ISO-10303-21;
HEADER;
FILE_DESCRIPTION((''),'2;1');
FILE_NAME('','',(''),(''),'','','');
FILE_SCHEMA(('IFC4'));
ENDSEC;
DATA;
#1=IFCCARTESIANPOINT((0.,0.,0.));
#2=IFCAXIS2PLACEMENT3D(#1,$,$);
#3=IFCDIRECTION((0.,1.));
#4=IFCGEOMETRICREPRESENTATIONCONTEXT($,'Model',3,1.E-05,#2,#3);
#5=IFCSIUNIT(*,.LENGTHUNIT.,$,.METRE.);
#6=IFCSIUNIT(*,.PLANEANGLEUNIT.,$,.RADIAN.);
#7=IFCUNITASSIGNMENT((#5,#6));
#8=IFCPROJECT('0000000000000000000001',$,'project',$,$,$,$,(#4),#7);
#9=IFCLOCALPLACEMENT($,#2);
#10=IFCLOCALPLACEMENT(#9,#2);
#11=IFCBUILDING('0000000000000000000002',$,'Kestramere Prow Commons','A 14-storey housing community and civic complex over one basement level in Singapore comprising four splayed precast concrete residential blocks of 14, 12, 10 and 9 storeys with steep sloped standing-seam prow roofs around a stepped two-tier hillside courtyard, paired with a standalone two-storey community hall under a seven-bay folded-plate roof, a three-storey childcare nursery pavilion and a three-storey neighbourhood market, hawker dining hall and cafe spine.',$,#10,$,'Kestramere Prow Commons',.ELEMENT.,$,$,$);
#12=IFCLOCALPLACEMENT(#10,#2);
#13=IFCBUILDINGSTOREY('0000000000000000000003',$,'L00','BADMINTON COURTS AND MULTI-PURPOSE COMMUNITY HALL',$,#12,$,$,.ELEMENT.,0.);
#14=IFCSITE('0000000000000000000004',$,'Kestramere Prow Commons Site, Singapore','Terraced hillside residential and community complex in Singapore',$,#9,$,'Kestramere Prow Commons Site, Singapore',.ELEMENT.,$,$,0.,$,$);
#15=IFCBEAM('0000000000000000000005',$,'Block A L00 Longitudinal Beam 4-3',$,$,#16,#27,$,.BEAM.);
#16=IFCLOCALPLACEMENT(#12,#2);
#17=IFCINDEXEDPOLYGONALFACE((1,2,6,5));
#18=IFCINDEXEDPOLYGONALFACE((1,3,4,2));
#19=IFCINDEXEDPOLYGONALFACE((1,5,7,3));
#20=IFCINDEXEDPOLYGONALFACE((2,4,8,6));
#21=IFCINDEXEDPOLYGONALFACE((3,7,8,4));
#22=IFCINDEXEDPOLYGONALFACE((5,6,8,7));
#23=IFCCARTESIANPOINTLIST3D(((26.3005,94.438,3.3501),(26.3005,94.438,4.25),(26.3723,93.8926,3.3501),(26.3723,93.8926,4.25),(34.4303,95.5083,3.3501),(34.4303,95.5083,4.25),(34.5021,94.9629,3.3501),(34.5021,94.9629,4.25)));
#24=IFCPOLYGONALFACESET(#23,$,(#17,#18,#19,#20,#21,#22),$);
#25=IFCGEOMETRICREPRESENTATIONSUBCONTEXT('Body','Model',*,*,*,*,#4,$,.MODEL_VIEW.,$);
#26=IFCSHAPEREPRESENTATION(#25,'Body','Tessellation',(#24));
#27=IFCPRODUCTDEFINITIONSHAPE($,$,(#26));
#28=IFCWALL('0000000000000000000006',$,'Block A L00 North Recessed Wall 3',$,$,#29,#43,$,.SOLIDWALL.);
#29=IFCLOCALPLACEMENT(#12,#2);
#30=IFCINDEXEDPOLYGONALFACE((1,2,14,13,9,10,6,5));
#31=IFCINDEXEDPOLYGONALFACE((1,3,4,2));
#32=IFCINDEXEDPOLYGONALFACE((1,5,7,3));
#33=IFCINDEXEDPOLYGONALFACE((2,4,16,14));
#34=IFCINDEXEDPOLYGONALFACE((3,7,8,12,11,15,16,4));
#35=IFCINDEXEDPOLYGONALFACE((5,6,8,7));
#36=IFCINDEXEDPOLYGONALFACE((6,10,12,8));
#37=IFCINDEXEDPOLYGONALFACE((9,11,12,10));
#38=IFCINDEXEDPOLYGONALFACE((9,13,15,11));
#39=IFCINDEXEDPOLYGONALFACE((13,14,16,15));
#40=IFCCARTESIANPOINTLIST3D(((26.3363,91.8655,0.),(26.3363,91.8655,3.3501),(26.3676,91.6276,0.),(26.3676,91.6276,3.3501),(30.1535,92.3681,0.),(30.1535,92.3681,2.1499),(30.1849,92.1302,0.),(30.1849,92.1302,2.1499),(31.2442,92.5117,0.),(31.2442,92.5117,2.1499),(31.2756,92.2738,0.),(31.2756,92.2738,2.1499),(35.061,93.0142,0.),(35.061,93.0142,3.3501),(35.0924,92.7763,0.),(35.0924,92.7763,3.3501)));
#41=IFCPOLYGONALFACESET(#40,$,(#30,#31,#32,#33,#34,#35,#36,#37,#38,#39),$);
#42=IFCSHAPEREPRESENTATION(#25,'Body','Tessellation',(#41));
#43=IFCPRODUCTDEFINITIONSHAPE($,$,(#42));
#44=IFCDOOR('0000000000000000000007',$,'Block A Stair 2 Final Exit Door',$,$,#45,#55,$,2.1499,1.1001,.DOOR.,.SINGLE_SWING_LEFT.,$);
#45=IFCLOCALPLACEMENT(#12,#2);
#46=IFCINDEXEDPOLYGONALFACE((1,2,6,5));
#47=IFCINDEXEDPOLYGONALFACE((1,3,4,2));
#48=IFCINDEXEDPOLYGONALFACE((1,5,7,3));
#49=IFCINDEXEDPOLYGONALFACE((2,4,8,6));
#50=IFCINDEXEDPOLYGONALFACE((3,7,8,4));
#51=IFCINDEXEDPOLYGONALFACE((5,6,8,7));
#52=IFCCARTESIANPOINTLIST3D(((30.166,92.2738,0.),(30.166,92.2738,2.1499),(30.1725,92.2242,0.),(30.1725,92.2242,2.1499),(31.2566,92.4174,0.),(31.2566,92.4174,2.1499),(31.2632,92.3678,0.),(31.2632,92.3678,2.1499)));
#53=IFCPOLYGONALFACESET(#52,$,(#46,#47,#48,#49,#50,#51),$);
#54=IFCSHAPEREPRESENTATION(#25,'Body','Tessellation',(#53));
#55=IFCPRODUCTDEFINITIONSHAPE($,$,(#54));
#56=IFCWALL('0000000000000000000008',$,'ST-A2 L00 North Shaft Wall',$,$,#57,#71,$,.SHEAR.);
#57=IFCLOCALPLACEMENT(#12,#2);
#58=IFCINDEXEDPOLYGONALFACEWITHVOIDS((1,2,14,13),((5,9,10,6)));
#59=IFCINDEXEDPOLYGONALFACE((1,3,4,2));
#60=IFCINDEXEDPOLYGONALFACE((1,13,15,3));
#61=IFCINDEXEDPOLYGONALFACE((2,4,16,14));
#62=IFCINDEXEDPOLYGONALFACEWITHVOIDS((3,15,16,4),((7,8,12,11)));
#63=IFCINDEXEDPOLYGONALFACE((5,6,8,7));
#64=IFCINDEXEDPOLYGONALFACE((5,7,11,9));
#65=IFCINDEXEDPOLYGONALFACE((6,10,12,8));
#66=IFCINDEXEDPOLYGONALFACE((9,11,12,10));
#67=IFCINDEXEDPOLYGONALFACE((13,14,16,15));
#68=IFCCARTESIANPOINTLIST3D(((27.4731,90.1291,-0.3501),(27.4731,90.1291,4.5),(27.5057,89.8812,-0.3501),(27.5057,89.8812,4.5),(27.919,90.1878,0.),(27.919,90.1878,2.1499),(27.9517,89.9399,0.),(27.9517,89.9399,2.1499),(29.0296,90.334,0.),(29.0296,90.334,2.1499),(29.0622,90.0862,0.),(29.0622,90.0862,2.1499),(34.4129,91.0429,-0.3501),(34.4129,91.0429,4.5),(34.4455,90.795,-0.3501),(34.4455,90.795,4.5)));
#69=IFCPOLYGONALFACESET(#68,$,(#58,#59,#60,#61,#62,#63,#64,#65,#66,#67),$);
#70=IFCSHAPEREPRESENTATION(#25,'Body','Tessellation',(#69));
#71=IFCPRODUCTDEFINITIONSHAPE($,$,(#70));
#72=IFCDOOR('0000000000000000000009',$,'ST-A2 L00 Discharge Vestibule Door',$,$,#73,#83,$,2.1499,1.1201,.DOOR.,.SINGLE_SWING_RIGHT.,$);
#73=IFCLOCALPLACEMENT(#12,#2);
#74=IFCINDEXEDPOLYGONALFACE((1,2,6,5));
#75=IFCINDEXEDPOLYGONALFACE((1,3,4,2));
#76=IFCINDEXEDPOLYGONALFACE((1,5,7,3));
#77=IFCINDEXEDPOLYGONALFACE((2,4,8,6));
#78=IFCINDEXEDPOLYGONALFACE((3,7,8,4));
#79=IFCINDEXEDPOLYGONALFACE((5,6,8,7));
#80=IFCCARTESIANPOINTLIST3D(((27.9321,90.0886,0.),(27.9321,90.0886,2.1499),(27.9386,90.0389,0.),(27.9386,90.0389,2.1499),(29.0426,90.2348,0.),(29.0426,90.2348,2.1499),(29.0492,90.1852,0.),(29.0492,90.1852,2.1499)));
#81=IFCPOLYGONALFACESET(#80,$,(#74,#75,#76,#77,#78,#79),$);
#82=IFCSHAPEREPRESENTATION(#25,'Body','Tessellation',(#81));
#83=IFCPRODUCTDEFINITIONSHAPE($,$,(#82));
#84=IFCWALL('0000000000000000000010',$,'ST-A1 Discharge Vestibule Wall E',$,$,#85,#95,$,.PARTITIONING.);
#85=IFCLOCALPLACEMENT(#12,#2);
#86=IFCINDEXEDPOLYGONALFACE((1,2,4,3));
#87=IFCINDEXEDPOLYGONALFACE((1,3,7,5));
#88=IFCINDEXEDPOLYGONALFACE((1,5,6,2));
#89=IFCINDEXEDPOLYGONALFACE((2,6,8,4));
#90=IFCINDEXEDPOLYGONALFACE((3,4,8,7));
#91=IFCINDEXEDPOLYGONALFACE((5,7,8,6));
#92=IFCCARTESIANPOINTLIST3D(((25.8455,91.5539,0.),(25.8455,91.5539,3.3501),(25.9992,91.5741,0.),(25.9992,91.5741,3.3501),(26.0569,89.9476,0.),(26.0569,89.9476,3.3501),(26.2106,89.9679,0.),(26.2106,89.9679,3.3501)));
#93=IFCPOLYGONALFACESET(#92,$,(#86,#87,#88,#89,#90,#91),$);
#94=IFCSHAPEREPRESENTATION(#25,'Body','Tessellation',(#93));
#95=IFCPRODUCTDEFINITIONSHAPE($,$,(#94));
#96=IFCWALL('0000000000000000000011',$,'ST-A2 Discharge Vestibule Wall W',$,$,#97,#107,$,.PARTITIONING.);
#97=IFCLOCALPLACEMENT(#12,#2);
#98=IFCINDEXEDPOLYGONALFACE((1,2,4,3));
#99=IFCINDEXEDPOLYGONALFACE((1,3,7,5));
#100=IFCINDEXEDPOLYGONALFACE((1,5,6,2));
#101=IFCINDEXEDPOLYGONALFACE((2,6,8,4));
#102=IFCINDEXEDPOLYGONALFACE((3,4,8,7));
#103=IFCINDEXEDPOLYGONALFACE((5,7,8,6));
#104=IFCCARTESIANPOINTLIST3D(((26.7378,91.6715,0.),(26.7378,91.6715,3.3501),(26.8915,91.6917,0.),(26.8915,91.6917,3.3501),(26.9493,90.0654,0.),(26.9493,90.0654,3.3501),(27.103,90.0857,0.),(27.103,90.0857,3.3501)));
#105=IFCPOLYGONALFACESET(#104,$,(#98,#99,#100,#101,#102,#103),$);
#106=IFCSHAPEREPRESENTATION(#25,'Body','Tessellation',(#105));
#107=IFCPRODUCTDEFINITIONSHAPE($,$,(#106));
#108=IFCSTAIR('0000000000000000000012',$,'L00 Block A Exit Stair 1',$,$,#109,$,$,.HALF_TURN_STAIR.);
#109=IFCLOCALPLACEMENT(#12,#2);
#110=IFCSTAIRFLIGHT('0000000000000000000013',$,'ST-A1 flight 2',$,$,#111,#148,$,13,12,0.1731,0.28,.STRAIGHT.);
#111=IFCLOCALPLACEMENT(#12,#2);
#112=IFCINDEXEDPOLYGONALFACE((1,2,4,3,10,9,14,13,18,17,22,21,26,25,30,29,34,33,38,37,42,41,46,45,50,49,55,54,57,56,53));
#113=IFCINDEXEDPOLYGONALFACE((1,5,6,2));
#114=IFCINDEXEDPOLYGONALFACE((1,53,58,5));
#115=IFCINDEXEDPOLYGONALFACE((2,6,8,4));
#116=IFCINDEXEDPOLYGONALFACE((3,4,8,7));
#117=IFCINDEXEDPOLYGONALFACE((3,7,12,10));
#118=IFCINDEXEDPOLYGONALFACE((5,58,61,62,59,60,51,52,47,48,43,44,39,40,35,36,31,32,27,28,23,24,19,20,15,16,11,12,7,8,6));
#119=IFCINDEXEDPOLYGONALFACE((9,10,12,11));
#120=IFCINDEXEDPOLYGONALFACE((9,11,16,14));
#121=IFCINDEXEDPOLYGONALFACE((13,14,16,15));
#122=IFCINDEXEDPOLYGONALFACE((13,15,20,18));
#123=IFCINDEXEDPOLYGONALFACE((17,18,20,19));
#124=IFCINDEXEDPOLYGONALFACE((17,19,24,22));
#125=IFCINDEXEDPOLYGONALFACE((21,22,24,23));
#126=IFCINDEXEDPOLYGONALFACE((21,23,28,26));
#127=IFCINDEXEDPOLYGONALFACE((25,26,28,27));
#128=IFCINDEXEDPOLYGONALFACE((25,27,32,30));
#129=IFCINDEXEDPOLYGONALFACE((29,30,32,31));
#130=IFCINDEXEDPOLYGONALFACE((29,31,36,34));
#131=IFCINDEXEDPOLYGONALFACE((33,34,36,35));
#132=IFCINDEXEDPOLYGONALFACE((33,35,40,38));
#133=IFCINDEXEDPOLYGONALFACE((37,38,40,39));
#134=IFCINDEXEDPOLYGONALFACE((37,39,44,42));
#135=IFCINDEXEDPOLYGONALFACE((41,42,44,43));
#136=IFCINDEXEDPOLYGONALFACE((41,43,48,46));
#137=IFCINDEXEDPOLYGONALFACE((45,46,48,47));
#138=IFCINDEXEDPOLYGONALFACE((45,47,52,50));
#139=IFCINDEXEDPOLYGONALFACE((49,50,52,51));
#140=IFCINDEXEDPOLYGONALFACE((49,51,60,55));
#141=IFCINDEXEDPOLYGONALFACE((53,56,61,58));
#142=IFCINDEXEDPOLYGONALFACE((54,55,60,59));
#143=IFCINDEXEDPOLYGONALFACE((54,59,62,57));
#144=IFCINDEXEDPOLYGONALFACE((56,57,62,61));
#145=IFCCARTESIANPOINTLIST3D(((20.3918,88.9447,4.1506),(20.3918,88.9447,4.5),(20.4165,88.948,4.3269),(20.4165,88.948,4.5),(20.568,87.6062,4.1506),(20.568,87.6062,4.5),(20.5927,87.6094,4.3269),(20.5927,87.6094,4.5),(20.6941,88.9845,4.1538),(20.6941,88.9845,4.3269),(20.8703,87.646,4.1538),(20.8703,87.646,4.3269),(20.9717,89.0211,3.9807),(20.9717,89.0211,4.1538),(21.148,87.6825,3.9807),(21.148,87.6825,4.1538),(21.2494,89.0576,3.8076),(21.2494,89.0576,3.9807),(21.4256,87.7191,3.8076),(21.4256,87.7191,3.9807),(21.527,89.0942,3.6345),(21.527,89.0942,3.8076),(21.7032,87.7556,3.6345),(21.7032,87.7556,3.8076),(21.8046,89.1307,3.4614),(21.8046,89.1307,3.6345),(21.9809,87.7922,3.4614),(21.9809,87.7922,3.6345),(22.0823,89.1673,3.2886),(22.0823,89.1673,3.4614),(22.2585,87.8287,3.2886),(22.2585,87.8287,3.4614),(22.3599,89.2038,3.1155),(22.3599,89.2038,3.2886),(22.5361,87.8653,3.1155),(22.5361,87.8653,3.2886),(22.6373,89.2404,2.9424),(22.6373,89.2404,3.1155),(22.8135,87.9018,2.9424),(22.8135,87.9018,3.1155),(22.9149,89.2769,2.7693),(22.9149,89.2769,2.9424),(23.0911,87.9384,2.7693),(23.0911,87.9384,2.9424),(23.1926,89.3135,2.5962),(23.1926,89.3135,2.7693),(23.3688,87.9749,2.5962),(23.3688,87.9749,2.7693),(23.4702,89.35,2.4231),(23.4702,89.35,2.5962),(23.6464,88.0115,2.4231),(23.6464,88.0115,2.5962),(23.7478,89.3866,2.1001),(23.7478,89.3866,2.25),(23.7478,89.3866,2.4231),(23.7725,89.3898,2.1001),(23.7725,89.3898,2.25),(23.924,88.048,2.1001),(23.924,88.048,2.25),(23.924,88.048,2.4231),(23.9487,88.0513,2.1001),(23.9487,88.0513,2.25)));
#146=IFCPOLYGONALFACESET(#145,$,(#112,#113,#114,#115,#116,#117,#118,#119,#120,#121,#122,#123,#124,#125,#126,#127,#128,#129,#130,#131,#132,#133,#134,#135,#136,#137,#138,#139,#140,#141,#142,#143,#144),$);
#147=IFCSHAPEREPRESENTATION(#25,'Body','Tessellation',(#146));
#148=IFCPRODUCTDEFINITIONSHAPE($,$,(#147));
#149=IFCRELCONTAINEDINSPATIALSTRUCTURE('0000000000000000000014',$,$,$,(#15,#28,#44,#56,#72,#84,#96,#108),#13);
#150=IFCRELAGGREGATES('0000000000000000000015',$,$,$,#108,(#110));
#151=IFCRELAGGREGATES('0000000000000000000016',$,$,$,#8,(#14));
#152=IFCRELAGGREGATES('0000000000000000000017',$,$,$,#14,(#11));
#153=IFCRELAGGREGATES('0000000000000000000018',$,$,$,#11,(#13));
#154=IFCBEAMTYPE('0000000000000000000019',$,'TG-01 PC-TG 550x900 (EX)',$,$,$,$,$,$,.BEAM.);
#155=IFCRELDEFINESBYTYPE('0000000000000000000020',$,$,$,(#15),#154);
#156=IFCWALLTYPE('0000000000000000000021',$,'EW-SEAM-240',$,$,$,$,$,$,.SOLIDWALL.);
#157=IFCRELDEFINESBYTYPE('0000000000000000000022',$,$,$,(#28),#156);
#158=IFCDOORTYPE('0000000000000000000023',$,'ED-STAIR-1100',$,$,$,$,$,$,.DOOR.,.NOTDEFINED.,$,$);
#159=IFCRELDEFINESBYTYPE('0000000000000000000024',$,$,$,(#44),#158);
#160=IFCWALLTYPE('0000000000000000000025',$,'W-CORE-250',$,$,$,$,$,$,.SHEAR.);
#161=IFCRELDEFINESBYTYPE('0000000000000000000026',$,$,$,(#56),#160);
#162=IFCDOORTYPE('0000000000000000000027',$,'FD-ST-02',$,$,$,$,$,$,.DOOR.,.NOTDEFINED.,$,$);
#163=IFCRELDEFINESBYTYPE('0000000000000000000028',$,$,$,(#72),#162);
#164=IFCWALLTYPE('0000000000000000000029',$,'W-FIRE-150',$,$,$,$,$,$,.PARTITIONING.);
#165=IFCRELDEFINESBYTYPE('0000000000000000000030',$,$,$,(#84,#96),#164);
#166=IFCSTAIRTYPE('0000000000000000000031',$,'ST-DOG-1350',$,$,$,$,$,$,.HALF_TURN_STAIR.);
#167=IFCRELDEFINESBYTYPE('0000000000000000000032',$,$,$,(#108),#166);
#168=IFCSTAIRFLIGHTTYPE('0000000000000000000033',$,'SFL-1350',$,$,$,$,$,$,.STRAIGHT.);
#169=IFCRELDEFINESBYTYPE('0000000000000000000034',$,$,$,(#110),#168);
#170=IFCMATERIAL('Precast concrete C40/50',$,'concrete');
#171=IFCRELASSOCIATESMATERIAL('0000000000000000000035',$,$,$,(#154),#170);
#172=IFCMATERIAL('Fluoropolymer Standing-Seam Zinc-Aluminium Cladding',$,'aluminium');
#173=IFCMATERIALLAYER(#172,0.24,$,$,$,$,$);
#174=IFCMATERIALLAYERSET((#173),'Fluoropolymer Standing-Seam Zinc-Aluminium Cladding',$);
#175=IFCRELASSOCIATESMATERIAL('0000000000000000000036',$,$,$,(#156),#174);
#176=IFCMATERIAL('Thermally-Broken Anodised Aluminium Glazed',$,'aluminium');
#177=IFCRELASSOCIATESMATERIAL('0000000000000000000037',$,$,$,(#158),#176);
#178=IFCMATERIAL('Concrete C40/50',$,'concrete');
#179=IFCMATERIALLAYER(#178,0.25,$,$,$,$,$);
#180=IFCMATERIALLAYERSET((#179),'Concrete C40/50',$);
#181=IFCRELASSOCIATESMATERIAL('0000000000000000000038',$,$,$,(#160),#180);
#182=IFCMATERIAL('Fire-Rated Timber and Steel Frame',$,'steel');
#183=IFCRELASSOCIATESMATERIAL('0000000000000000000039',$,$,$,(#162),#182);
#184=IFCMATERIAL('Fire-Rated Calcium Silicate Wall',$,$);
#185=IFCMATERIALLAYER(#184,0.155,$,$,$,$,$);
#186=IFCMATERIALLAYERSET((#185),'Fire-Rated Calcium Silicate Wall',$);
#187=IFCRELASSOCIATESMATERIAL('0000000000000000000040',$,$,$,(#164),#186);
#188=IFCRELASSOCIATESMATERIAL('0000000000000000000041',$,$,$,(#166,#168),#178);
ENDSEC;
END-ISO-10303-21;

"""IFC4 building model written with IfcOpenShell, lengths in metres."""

from ifc_helpers import new_model, si_unit, direction, frame, frame_2d, origin, origin_2d, place, context, subcontext, project, spatial, polyline, rectangle, outline, extrude, material, layer, layer_set, material_profile, profile_set, type_object, element, fill, aggregate, save


model = new_model("IFC4")

# Units and contexts
model_context = context("Model", 3, precision=1e-05, world=origin(), true_north=direction((0.0, 1.0)))
body_context = subcontext(model_context, "Body", "Model", "MODEL_VIEW")
ifc_project = project(units=[si_unit("LENGTHUNIT", "METRE"), si_unit("PLANEANGLEUNIT", "RADIAN")], contexts=[model_context])

# Site, building, storey
site_placement = place(None, origin())
site = spatial("IfcSite", under=ifc_project, at=site_placement, Name="Kestramere Prow Commons Site, Singapore", Description="Terraced hillside residential and community complex in Singapore", LongName="Kestramere Prow Commons Site, Singapore", CompositionType="ELEMENT", RefElevation=0.0)
building_placement = place(site_placement, origin())
building = spatial("IfcBuilding", under=site, at=building_placement, Name="Kestramere Prow Commons", Description="A 14-storey housing community and civic complex over one basement level in Singapore comprising four splayed precast concrete residential blocks of 14, 12, 10 and 9 storeys with steep sloped standing-seam prow roofs around a stepped two-tier hillside courtyard, paired with a standalone two-storey community hall under a seven-bay folded-plate roof, a three-storey childcare nursery pavilion and a three-storey neighbourhood market, hawker dining hall and cafe spine.", LongName="Kestramere Prow Commons", CompositionType="ELEMENT")
storey_placement = place(building_placement, origin())
storey = spatial("IfcBuildingStorey", under=building, at=storey_placement, Name="L00", Description="BADMINTON COURTS AND MULTI-PURPOSE COMMUNITY HALL", CompositionType="ELEMENT", Elevation=0.0)

# Shared definitions
ifc_material_1 = material(Name="Precast concrete C40/50", Category="concrete")

# Beam
ifc_material_profile_1 = material_profile(ifc_material_1, rectangle(XDim=0.55, YDim=0.8999, at=origin_2d()), Name="PC-TG 550x900")
ifc_profile_set_1 = profile_set([ifc_material_profile_1], Name="Precast concrete C40/50")
beam_type = type_object("IfcBeamType", Name="TG-01 PC-TG 550x900 (EX)", PredefinedType="BEAM", material=ifc_profile_set_1)
beam_placement = place(storey_placement, frame((26.3364, 94.1653, 3.8), z_axis=(0.991445, 0.130525, 0.0), x_axis=(-0.130525, 0.991445, 0.0)))
element("IfcBeam", 1, at=beam_placement, inside=storey, type_object=beam_type, Name="Block A L00 Longitudinal Beam 4-3", PredefinedType="BEAM", context=body_context, shape_type="SweptSolid", body=[
    extrude(rectangle(XDim=0.55, YDim=0.8999, at=origin_2d()), origin(), (0.0, 0.0, 1.0), 8.2),
])

# Walls, openings, doors
ifc_material_2 = material(Name="Fluoropolymer Standing-Seam Zinc-Aluminium Cladding", Category="aluminium")
ifc_layer_1 = layer(ifc_material_2, 0.24)
ifc_layer_set_1 = layer_set([ifc_layer_1], Name="Fluoropolymer Standing-Seam Zinc-Aluminium Cladding")
wall_type_1 = type_object("IfcWallType", Name="EW-SEAM-240", PredefinedType="SOLIDWALL", material=ifc_layer_set_1)
wall_1_placement = place(storey_placement, frame((26.3521, 91.7466, 0.0), z_axis=(0.0, 0.0, 1.0), x_axis=(0.991444, 0.13053, 0.0)))
wall_1 = element("IfcWall", 2, at=wall_1_placement, inside=storey, type_object=wall_type_1, Name="Block A L00 North Recessed Wall 3", PredefinedType="SOLIDWALL", context=body_context, shape_type="SweptSolid", body=[
    extrude(rectangle(XDim=8.8, YDim=0.24, at=frame_2d((4.3999, 0.0))), origin(), (0.0, 0.0, 1.0), 3.3501),
])
opening_1_placement = place(wall_1_placement, frame((3.8501, 0.0, 0.0)))
opening_1 = element("IfcOpeningElement", 3, at=opening_1_placement, cuts=wall_1, PredefinedType="OPENING", context=body_context, shape_type="SweptSolid", body=[
    extrude(rectangle(XDim=1.1001, YDim=2.1499, at=frame_2d((0.55, 1.075))), frame((0.0, 0.135, 0.0), z_axis=(0.0, -1.0, 0.0), x_axis=(1.0, 0.0, 0.0)), (0.0, 0.0, 1.0), 0.27),
])
ifc_material_3 = material(Name="Thermally-Broken Anodised Aluminium Glazed", Category="aluminium")
door_type_1 = type_object("IfcDoorType", Name="ED-STAIR-1100", OperationType="NOTDEFINED", PredefinedType="DOOR", material=ifc_material_3)
door_1_placement = place(opening_1_placement, origin())
door_1 = element("IfcDoor", 4, at=door_1_placement, inside=storey, type_object=door_type_1, Name="Block A Stair 2 Final Exit Door", OperationType="SINGLE_SWING_LEFT", OverallHeight=2.1499, OverallWidth=1.1001, PredefinedType="DOOR", context=body_context, shape_type="SweptSolid", body=[
    extrude(rectangle(XDim=1.1001, YDim=2.1499, at=frame_2d((0.55, 1.075))), frame((0.0, 0.0249, 0.0), z_axis=(0.0, -1.0, 0.0), x_axis=(1.0, 0.0, 0.0)), (0.0, 0.0, 1.0), 0.05),
])
fill(opening_1, door_1)
ifc_material_4 = material(Name="Concrete C40/50", Category="concrete")
ifc_layer_2 = layer(ifc_material_4, 0.25)
ifc_layer_set_2 = layer_set([ifc_layer_2], Name="Concrete C40/50")
wall_type_2 = type_object("IfcWallType", Name="W-CORE-250", PredefinedType="SHEAR", material=ifc_layer_set_2)
wall_2_placement = place(storey_placement, frame((27.4893, 90.0051, -0.3501), z_axis=(0.0, 0.0, 1.0), x_axis=(0.991442, 0.130548, 0.0)))
wall_2 = element("IfcWall", 5, at=wall_2_placement, inside=storey, type_object=wall_type_2, Name="ST-A2 L00 North Shaft Wall", PredefinedType="SHEAR", context=body_context, shape_type="SweptSolid", body=[
    extrude(rectangle(XDim=6.9998, YDim=0.25, at=frame_2d((3.5, 0.0))), origin(), (0.0, 0.0, 1.0), 4.8501),
])
opening_2_placement = place(wall_2_placement, frame((0.45, 0.0, 0.3501)))
opening_2 = element("IfcOpeningElement", 6, at=opening_2_placement, cuts=wall_2, PredefinedType="OPENING", context=body_context, shape_type="SweptSolid", body=[
    extrude(rectangle(XDim=1.1201, YDim=2.1499, at=frame_2d((0.5601, 1.075))), frame((0.0, 0.1399, 0.0), z_axis=(0.0, -1.0, 0.0), x_axis=(1.0, 0.0, 0.0)), (0.0, 0.0, 1.0), 0.28),
])
ifc_material_5 = material(Name="Fire-Rated Timber and Steel Frame", Category="steel")
door_type_2 = type_object("IfcDoorType", Name="FD-ST-02", OperationType="NOTDEFINED", PredefinedType="DOOR", material=ifc_material_5)
door_2_placement = place(opening_2_placement, origin())
door_2 = element("IfcDoor", 7, at=door_2_placement, inside=storey, type_object=door_type_2, Name="ST-A2 L00 Discharge Vestibule Door", OperationType="SINGLE_SWING_RIGHT", OverallHeight=2.1499, OverallWidth=1.1201, PredefinedType="DOOR", context=body_context, shape_type="SweptSolid", body=[
    extrude(rectangle(XDim=1.1201, YDim=2.1499, at=frame_2d((0.5601, 1.075))), frame((0.0, 0.0249, 0.0), z_axis=(0.0, -1.0, 0.0), x_axis=(1.0, 0.0, 0.0)), (0.0, 0.0, 1.0), 0.05),
])
fill(opening_2, door_2)

# Walls
ifc_material_6 = material(Name="Fire-Rated Calcium Silicate Wall")
ifc_layer_3 = layer(ifc_material_6, 0.155)
ifc_layer_set_3 = layer_set([ifc_layer_3], Name="Fire-Rated Calcium Silicate Wall")
wall_type_3 = type_object("IfcWallType", Name="W-FIRE-150", PredefinedType="PARTITIONING", material=ifc_layer_set_3)
wall_3_placement = place(storey_placement, frame((26.1338, 89.9578, 0.0), z_axis=(0.0, 0.0, 1.0), x_axis=(-0.130505, 0.991448, 0.0)))
element("IfcWall", 8, at=wall_3_placement, inside=storey, type_object=wall_type_3, Name="ST-A1 Discharge Vestibule Wall E", PredefinedType="PARTITIONING", context=body_context, shape_type="SweptSolid", body=[
    extrude(rectangle(XDim=1.6201, YDim=0.155, at=frame_2d((0.8101, 0.0))), origin(), (0.0, 0.0, 1.0), 3.3501),
])
wall_4_placement = place(storey_placement, frame((27.0261, 90.0754, 0.0), z_axis=(0.0, 0.0, 1.0), x_axis=(-0.130525, 0.991445, 0.0)))
element("IfcWall", 9, at=wall_4_placement, inside=storey, type_object=wall_type_3, Name="ST-A2 Discharge Vestibule Wall W", PredefinedType="PARTITIONING", context=body_context, shape_type="SweptSolid", body=[
    extrude(rectangle(XDim=1.6199, YDim=0.155, at=frame_2d((0.8101, 0.0))), origin(), (0.0, 0.0, 1.0), 3.3501),
])

# Stair, stair flight
stair_type = type_object("IfcStairType", Name="ST-DOG-1350", PredefinedType="HALF_TURN_STAIR", material=ifc_material_4)
stair_1_placement = place(storey_placement, origin())
stair_1 = element("IfcStair", 10, at=stair_1_placement, inside=storey, type_object=stair_type, Name="L00 Block A Exit Stair 1", PredefinedType="HALF_TURN_STAIR")
stair_flight_type = type_object("IfcStairFlightType", Name="SFL-1350", PredefinedType="STRAIGHT", material=ifc_material_4)
stair_flight_1_placement = place(storey_placement, frame((23.8359, 88.7173, 2.25), z_axis=(0.0, 0.0, 1.0), x_axis=(-0.991445, -0.130526, 0.0)))
stair_flight_1 = element("IfcStairFlight", 11, at=stair_flight_1_placement, type_object=stair_flight_type, Name="ST-A1 flight 2", NumberOfRisers=13, NumberOfTreads=12, PredefinedType="STRAIGHT", RiserHeight=0.1731, TreadLength=0.28, context=body_context, shape_type="SweptSolid", body=[
    extrude(outline(polyline([(-0.0249, 0.0), (0.0, 0.0), (0.0, 0.1731), (0.28, 0.1731), (0.28, 0.3462), (0.5601, 0.3462), (0.5601, 0.5193), (0.8401, 0.5193), (0.8401, 0.6924), (1.1201, 0.6924), (1.1201, 0.8655), (1.3999, 0.8655), (1.3999, 1.0386), (1.6799, 1.0386), (1.6799, 1.2114), (1.96, 1.2114), (1.96, 1.3845), (2.24, 1.3845), (2.24, 1.5576), (2.52, 1.5576), (2.52, 1.7307), (2.8, 1.7307), (2.8, 1.9038), (3.0801, 1.9038), (3.0801, 2.0769), (3.3601, 2.0769), (3.3601, 2.25), (3.385, 2.25), (3.385, 1.9006), (0.0, -0.1499), (-0.0249, -0.1499), (-0.0249, 0.0)])), frame((0.0, 0.675, 0.0), z_axis=(0.0, -1.0, 0.0), x_axis=(1.0, 0.0, 0.0)), (0.0, 0.0, 1.0), 1.3501),
])
aggregate(stair_1, [stair_flight_1])

save(model, "model.ifc")
